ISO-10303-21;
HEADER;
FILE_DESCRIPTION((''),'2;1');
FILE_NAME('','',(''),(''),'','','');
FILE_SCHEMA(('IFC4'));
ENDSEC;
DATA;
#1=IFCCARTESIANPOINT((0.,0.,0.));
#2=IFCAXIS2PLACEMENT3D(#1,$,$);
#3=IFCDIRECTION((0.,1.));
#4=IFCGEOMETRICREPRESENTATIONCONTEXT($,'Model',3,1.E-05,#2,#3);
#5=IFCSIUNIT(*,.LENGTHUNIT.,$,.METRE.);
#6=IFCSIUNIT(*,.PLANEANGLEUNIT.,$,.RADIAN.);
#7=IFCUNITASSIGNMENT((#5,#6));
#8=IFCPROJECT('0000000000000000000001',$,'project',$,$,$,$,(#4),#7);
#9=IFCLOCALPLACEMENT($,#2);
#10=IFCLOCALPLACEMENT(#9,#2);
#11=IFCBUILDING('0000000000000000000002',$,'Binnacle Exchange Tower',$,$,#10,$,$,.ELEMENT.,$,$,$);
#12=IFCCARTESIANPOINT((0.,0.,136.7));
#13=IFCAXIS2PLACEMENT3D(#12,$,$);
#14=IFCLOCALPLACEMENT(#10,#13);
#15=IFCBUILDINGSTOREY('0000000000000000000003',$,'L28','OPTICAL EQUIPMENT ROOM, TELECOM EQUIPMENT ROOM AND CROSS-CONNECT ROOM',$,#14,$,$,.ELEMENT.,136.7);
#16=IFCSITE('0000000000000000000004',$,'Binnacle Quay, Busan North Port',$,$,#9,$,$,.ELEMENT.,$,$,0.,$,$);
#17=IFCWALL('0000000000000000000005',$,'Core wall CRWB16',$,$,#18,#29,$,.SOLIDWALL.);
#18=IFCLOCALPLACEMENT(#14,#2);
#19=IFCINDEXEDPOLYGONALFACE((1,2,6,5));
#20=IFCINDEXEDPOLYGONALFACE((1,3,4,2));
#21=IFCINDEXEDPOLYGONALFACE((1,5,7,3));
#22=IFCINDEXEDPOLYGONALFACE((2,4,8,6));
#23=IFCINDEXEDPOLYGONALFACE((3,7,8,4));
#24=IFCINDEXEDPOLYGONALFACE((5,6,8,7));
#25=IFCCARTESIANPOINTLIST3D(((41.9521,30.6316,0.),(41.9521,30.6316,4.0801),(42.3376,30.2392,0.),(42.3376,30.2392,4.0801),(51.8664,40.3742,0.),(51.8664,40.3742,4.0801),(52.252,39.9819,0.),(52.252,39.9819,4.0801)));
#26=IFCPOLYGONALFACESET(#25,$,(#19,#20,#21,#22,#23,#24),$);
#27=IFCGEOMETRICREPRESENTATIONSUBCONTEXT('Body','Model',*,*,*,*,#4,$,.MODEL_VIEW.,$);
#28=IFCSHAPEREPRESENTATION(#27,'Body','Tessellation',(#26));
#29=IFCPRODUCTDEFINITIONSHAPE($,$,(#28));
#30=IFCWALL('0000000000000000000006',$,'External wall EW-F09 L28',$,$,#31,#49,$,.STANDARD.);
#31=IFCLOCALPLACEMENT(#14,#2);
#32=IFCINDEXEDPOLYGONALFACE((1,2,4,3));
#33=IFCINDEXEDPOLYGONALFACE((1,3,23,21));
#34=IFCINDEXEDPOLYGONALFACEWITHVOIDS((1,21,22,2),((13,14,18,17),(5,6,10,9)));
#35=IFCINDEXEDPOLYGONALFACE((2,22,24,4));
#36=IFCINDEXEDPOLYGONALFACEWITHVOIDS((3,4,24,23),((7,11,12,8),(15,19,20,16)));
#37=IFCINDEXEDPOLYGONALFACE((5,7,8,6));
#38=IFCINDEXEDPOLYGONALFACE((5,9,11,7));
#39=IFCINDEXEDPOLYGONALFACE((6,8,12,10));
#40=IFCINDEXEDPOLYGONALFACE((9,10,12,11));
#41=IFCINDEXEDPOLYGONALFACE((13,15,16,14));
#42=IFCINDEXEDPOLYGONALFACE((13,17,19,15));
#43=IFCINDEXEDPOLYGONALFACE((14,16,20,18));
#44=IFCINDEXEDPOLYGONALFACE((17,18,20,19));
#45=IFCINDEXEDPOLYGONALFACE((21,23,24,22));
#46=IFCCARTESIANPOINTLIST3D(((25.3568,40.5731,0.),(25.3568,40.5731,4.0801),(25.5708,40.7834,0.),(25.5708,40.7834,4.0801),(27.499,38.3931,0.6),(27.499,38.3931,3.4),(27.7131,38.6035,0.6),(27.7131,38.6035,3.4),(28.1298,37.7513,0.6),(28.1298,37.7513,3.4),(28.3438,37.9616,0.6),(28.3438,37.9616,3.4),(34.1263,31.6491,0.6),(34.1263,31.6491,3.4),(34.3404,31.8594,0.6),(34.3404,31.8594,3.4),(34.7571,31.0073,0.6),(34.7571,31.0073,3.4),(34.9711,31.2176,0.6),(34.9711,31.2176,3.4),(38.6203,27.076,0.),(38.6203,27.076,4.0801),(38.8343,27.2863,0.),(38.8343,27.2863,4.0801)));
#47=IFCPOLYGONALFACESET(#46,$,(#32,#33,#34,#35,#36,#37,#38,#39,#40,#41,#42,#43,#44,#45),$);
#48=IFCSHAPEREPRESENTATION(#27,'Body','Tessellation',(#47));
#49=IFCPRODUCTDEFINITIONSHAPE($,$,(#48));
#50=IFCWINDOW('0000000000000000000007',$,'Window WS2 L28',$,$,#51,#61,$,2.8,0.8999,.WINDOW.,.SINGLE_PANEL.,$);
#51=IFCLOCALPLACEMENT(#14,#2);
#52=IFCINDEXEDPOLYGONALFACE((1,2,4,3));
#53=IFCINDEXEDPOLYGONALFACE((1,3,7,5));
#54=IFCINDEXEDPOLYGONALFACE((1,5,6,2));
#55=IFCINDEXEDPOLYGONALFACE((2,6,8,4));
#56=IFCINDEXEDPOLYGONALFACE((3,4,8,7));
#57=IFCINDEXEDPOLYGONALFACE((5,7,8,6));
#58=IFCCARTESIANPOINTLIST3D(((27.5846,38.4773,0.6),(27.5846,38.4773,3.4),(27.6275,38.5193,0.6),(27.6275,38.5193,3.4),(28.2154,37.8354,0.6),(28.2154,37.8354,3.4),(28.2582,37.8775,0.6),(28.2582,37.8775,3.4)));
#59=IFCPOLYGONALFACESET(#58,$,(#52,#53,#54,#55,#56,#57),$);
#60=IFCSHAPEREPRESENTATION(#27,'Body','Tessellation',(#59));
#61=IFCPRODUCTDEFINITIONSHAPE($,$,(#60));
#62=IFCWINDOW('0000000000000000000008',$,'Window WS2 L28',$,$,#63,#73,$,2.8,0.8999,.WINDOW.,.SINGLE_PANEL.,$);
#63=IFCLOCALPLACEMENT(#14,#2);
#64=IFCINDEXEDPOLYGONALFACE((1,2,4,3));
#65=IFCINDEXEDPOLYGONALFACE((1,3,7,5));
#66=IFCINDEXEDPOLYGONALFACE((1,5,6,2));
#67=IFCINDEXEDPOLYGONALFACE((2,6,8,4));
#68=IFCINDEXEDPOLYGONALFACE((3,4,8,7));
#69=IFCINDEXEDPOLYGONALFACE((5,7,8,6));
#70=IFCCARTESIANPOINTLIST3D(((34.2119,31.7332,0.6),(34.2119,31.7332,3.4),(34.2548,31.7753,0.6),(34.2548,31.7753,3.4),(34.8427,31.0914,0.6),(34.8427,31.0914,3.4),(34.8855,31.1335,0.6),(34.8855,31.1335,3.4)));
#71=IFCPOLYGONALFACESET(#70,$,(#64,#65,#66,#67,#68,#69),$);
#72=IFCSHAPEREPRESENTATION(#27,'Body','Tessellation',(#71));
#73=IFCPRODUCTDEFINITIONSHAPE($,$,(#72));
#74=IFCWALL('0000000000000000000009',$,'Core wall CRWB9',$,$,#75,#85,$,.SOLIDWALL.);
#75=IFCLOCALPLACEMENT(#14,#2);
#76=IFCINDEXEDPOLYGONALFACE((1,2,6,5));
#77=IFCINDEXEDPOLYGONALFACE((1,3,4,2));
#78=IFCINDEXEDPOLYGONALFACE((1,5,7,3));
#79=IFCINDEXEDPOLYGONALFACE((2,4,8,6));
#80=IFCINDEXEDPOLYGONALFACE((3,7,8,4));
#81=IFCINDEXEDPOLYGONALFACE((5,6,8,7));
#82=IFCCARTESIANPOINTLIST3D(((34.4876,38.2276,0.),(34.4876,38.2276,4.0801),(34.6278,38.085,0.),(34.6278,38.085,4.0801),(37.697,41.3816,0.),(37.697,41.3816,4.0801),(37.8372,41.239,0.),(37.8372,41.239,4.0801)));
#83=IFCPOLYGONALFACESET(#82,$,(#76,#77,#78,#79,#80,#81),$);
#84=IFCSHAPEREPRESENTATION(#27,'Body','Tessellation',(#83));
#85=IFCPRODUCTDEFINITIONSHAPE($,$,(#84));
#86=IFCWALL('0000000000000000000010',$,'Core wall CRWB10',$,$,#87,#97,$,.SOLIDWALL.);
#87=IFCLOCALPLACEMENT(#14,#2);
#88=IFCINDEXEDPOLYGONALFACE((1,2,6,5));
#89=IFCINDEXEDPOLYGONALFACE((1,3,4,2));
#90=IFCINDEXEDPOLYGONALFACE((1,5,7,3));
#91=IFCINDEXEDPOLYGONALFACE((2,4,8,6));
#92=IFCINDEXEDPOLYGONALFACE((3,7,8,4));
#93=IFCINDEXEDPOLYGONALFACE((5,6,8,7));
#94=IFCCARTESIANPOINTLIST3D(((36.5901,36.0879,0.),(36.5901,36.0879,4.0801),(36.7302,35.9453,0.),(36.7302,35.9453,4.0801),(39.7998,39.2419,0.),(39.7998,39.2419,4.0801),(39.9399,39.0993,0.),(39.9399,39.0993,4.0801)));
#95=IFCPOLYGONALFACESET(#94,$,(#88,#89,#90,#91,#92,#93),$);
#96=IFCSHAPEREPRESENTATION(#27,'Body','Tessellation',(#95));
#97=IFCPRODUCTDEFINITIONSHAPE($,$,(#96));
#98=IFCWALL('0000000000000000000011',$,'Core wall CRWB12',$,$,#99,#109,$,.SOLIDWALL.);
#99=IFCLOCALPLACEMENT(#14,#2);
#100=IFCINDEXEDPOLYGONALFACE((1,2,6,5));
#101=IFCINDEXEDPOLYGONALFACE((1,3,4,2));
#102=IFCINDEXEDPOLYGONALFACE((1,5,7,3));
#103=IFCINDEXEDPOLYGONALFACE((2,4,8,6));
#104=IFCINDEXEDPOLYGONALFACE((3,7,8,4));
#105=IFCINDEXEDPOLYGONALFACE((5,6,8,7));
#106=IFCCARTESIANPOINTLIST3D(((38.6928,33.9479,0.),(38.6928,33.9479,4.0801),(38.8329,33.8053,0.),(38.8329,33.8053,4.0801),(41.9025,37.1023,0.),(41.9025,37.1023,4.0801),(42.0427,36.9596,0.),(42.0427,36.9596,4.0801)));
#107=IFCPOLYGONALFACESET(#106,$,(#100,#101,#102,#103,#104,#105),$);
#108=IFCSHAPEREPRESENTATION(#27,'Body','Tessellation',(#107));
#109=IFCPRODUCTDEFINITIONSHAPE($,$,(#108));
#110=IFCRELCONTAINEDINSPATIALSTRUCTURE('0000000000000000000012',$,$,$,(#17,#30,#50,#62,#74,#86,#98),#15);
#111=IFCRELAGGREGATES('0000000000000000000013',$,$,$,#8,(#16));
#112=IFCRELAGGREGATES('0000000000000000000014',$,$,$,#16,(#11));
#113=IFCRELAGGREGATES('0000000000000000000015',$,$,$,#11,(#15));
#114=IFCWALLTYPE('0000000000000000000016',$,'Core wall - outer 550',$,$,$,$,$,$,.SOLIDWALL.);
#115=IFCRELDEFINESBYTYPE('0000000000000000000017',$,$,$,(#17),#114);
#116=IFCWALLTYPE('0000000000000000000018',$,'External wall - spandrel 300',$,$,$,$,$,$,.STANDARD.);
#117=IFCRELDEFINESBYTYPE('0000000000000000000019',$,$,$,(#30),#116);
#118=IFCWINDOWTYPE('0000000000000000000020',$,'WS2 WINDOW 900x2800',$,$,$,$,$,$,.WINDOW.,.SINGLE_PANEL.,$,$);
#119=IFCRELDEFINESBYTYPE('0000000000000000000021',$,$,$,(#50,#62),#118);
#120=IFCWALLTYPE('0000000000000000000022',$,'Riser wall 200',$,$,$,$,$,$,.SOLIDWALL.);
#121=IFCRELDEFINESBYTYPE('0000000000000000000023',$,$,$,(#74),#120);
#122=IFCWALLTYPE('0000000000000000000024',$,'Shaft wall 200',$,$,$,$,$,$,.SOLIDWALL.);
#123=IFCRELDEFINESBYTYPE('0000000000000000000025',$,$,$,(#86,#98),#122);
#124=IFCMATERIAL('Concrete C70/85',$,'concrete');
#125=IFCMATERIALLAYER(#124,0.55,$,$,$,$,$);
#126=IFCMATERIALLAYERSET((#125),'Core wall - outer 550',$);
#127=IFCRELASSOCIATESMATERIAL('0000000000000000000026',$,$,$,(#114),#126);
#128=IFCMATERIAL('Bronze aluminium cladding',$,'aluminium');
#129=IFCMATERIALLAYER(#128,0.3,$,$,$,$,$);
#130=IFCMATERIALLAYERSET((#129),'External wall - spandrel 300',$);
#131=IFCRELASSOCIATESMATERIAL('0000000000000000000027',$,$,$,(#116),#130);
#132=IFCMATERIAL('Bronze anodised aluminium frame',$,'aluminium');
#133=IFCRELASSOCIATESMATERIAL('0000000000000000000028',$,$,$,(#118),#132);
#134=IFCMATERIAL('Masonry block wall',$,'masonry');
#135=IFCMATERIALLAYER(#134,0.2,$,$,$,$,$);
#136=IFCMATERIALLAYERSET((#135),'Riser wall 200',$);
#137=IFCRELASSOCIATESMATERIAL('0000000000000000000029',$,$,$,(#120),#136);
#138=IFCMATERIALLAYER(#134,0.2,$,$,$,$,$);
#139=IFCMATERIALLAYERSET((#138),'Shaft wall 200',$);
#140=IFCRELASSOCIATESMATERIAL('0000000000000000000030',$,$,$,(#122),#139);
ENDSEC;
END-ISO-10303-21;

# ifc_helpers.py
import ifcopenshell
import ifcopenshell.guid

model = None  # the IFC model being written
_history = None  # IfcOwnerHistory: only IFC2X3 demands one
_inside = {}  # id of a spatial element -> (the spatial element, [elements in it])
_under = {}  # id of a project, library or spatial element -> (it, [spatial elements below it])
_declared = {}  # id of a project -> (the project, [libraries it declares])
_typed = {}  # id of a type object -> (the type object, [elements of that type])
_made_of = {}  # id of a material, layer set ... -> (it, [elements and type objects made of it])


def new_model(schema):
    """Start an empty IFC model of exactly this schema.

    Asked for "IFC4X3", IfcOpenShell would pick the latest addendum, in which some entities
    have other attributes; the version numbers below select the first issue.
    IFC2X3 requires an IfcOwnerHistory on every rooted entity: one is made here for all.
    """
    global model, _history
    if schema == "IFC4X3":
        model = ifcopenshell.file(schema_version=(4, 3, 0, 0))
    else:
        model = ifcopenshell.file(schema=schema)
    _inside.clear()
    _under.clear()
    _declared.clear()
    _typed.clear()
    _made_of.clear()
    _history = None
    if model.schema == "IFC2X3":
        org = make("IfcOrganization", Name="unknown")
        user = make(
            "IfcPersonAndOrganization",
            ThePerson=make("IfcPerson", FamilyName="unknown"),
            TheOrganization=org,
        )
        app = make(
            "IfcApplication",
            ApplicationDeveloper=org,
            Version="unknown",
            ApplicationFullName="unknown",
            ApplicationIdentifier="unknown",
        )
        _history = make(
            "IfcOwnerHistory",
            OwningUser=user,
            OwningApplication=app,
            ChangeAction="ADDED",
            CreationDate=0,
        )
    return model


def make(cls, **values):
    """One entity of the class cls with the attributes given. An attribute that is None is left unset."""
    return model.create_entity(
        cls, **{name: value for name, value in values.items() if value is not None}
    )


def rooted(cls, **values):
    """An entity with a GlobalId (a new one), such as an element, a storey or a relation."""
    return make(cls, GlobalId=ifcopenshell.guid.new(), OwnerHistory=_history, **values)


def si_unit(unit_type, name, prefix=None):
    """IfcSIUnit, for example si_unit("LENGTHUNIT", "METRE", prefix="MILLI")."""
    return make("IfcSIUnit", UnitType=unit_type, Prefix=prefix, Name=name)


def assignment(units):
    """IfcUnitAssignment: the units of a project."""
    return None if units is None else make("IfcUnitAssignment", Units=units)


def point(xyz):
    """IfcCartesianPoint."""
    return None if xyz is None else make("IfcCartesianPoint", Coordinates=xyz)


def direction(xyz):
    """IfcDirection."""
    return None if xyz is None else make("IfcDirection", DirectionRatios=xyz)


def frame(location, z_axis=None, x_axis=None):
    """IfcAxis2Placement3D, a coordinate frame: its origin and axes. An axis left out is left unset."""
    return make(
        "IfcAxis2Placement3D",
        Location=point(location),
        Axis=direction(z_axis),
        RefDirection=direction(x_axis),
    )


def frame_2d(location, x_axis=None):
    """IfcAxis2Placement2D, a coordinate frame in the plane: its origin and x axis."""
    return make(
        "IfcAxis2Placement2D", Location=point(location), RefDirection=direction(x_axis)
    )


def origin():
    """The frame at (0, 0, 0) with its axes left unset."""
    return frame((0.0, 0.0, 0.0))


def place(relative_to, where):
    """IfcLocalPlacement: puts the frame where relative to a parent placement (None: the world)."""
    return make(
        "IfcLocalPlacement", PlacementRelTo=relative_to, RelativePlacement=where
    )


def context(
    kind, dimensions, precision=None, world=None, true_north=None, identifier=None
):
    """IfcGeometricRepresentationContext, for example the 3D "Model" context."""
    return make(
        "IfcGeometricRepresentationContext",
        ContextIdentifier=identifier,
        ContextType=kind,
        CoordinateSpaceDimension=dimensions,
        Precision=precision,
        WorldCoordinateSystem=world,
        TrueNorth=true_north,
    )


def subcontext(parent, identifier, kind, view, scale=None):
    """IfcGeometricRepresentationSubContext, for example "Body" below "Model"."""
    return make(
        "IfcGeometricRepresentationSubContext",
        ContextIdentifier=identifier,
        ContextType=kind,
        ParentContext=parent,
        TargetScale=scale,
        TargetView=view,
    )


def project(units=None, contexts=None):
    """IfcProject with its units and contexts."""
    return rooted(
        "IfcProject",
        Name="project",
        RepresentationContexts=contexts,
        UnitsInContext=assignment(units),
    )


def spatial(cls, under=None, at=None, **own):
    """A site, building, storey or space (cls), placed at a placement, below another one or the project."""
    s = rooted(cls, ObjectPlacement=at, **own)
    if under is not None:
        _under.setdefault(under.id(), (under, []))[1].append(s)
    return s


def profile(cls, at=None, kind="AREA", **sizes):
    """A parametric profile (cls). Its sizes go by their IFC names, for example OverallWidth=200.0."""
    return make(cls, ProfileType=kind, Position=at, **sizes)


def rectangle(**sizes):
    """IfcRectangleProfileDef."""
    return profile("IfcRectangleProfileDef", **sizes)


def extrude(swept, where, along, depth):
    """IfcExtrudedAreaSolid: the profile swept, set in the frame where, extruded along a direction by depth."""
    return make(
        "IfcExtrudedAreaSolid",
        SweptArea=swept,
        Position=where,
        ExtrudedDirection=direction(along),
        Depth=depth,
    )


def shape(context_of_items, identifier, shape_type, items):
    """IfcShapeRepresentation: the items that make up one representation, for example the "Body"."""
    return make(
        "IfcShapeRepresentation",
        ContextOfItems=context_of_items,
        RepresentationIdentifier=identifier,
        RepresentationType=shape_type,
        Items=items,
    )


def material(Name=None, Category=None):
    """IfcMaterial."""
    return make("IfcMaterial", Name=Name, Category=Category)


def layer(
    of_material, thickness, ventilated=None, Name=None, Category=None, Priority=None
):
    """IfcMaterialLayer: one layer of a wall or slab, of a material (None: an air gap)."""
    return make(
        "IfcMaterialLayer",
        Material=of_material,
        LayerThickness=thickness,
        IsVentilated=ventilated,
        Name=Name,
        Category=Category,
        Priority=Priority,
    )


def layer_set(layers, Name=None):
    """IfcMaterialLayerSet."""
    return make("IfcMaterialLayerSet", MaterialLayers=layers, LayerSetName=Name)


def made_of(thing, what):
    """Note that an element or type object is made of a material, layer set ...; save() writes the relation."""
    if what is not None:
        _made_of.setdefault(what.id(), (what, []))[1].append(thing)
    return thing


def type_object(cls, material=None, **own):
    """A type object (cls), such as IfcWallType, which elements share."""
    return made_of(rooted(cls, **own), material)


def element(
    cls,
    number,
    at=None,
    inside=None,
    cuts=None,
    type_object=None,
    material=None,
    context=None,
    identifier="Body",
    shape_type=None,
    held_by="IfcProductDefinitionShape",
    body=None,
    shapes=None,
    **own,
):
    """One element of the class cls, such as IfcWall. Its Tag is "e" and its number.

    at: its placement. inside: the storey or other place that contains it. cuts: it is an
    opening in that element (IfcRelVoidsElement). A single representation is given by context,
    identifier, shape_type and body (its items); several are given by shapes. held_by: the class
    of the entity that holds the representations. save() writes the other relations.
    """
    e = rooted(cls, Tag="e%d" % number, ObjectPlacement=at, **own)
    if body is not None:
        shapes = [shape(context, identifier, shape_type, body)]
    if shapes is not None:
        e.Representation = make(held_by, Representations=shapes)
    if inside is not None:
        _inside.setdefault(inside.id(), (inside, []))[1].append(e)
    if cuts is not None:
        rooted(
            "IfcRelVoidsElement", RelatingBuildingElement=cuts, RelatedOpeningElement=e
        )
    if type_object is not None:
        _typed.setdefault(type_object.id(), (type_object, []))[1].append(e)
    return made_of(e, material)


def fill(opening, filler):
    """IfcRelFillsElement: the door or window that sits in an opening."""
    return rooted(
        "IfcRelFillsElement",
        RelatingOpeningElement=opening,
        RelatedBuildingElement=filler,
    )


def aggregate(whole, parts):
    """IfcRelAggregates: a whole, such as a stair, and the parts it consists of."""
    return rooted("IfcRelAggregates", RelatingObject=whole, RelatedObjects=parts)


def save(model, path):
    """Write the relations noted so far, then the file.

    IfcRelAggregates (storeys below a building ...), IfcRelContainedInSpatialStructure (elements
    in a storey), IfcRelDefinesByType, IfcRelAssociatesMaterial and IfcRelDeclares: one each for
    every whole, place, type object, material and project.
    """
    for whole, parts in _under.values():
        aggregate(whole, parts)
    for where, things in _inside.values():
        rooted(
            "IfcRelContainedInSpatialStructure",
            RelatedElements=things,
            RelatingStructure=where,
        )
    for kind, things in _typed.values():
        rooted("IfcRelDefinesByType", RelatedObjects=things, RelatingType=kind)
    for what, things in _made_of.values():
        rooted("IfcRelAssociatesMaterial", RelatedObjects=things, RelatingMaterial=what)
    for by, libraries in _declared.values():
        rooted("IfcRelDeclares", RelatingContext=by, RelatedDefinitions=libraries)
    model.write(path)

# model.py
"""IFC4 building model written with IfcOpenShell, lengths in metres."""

from ifc_helpers import new_model, si_unit, direction, frame, frame_2d, origin, place, context, subcontext, project, spatial, rectangle, extrude, material, layer, layer_set, type_object, element, fill, save


model = new_model("IFC4")

# Units and contexts
model_context = context("Model", 3, precision=1e-05, world=origin(), true_north=direction((0.0, 1.0)))
body_context = subcontext(model_context, "Body", "Model", "MODEL_VIEW")
ifc_project = project(units=[si_unit("LENGTHUNIT", "METRE"), si_unit("PLANEANGLEUNIT", "RADIAN")], contexts=[model_context])

# Site, building, storey
site_placement = place(None, origin())
site = spatial("IfcSite", under=ifc_project, at=site_placement, Name="Binnacle Quay, Busan North Port", CompositionType="ELEMENT", RefElevation=0.0)
building_placement = place(site_placement, origin())
building = spatial("IfcBuilding", under=site, at=building_placement, Name="Binnacle Exchange Tower", CompositionType="ELEMENT")
storey_placement = place(building_placement, frame((0.0, 0.0, 136.7)))
storey = spatial("IfcBuildingStorey", under=building, at=storey_placement, Name="L28", Description="OPTICAL EQUIPMENT ROOM, TELECOM EQUIPMENT ROOM AND CROSS-CONNECT ROOM", CompositionType="ELEMENT", Elevation=136.7)

# Shared definitions
ifc_material_1 = material(Name="Concrete C70/85", Category="concrete")

# Shared definitions
ifc_layer_1 = layer(ifc_material_1, 0.55)
ifc_layer_set_1 = layer_set([ifc_layer_1], Name="Core wall - outer 550")
wall_type_1 = type_object("IfcWallType", Name="Core wall - outer 550", PredefinedType="SOLIDWALL", material=ifc_layer_set_1)

# Wall
for number, where, z_axis, x_axis, name in (
    (1, (42.1448, 30.4353, 0.0), (0.0, 0.0, 1.0), (0.713254, 0.700906, 0.0), "Core wall CRWB16"),
):
    element("IfcWall", number, at=place(storey_placement, frame(where, z_axis=z_axis, x_axis=x_axis)), inside=storey, type_object=wall_type_1, Name=name, PredefinedType="SOLIDWALL", context=body_context, shape_type="SweptSolid", body=[
        extrude(rectangle(XDim=13.9001, YDim=0.55, at=frame_2d((6.9502, 0.0))), origin(), (0.0, 0.0, 1.0), 4.0801),
    ])

# Wall, openings, windows
ifc_material_2 = material(Name="Bronze aluminium cladding", Category="aluminium")
ifc_layer_2 = layer(ifc_material_2, 0.3)
ifc_layer_set_2 = layer_set([ifc_layer_2], Name="External wall - spandrel 300")
wall_type_2 = type_object("IfcWallType", Name="External wall - spandrel 300", PredefinedType="STANDARD", material=ifc_layer_set_2)
wall_1_placement = place(storey_placement, frame((38.7273, 27.1812, 0.0), z_axis=(0.0, 0.0, 1.0), x_axis=(-0.700906, 0.713253, 0.0)))
wall_1 = element("IfcWall", 2, at=wall_1_placement, inside=storey, type_object=wall_type_2, Name="External wall EW-F09 L28", PredefinedType="STANDARD", context=body_context, shape_type="SweptSolid", body=[
    extrude(rectangle(XDim=18.9233, YDim=0.3, at=frame_2d((9.4617, 0.0))), origin(), (0.0, 0.0, 1.0), 4.0801),
])
opening_1_placement = place(wall_1_placement, frame((14.967, 0.0, 0.6001)))
opening_1 = element("IfcOpeningElement", 3, at=opening_1_placement, cuts=wall_1, PredefinedType="OPENING", context=body_context, shape_type="SweptSolid", body=[
    extrude(rectangle(XDim=0.8999, YDim=2.8, at=frame_2d((0.45, 1.3999))), frame((0.0, 0.1599, 0.0), z_axis=(0.0, -1.0, 0.0), x_axis=(1.0, 0.0, 0.0)), (0.0, 0.0, 1.0), 0.3201),
])
opening_2_placement = place(wall_1_placement, frame((5.5117, 0.0, 0.6001)))
opening_2 = element("IfcOpeningElement", 4, at=opening_2_placement, cuts=wall_1, PredefinedType="OPENING", context=body_context, shape_type="SweptSolid", body=[
    extrude(rectangle(XDim=0.8999, YDim=2.8, at=frame_2d((0.45, 1.3999))), frame((0.0, 0.1599, 0.0), z_axis=(0.0, -1.0, 0.0), x_axis=(1.0, 0.0, 0.0)), (0.0, 0.0, 1.0), 0.3201),
])
ifc_material_3 = material(Name="Bronze anodised aluminium frame", Category="aluminium")
window_type = type_object("IfcWindowType", Name="WS2 WINDOW 900x2800", PartitioningType="SINGLE_PANEL", PredefinedType="WINDOW", material=ifc_material_3)
window_1_placement = place(opening_1_placement, origin())
window_1 = element("IfcWindow", 5, at=window_1_placement, inside=storey, type_object=window_type, Name="Window WS2 L28", OverallHeight=2.8, OverallWidth=0.8999, PartitioningType="SINGLE_PANEL", PredefinedType="WINDOW", context=body_context, shape_type="SweptSolid", body=[
    extrude(rectangle(XDim=0.8999, YDim=2.8, at=frame_2d((0.45, 1.3999))), frame((0.0, 0.03, 0.0), z_axis=(0.0, -1.0, 0.0), x_axis=(1.0, 0.0, 0.0)), (0.0, 0.0, 1.0), 0.0601),
])
fill(opening_1, window_1)
window_2_placement = place(opening_2_placement, origin())
window_2 = element("IfcWindow", 6, at=window_2_placement, inside=storey, type_object=window_type, Name="Window WS2 L28", OverallHeight=2.8, OverallWidth=0.8999, PartitioningType="SINGLE_PANEL", PredefinedType="WINDOW", context=body_context, shape_type="SweptSolid", body=[
    extrude(rectangle(XDim=0.8999, YDim=2.8, at=frame_2d((0.45, 1.3999))), frame((0.0, 0.03, 0.0), z_axis=(0.0, -1.0, 0.0), x_axis=(1.0, 0.0, 0.0)), (0.0, 0.0, 1.0), 0.0601),
])
fill(opening_2, window_2)

# Walls
ifc_material_4 = material(Name="Masonry block wall", Category="masonry")
ifc_layer_3 = layer(ifc_material_4, 0.2)
ifc_layer_set_3 = layer_set([ifc_layer_3], Name="Riser wall 200")
wall_type_3 = type_object("IfcWallType", Name="Riser wall 200", PredefinedType="SOLIDWALL", material=ifc_layer_set_3)
wall_2_placement = place(storey_placement, frame((34.5576, 38.1562, 0.0), z_axis=(0.0, 0.0, 1.0), x_axis=(0.713238, 0.700922, 0.0)))
element("IfcWall", 7, at=wall_2_placement, inside=storey, type_object=wall_type_3, Name="Core wall CRWB9", PredefinedType="SOLIDWALL", context=body_context, shape_type="SweptSolid", body=[
    extrude(rectangle(XDim=4.4998, YDim=0.2, at=frame_2d((2.25, 0.0))), origin(), (0.0, 0.0, 1.0), 4.0801),
])
ifc_layer_4 = layer(ifc_material_4, 0.2)
ifc_layer_set_4 = layer_set([ifc_layer_4], Name="Shaft wall 200")
wall_type_4 = type_object("IfcWallType", Name="Shaft wall 200", PredefinedType="SOLIDWALL", material=ifc_layer_set_4)
wall_3_placement = place(storey_placement, frame((36.6602, 36.0166, 0.0), z_axis=(0.0, 0.0, 1.0), x_axis=(0.713265, 0.700895, 0.0)))
element("IfcWall", 8, at=wall_3_placement, inside=storey, type_object=wall_type_4, Name="Core wall CRWB10", PredefinedType="SOLIDWALL", context=body_context, shape_type="SweptSolid", body=[
    extrude(rectangle(XDim=4.5, YDim=0.2, at=frame_2d((2.25, 0.0))), origin(), (0.0, 0.0, 1.0), 4.0801),
])
wall_4_placement = place(storey_placement, frame((38.7629, 33.8767, 0.0), z_axis=(0.0, 0.0, 1.0), x_axis=(0.713237, 0.700922, 0.0)))
element("IfcWall", 9, at=wall_4_placement, inside=storey, type_object=wall_type_4, Name="Core wall CRWB12", PredefinedType="SOLIDWALL", context=body_context, shape_type="SweptSolid", body=[
    extrude(rectangle(XDim=4.5002, YDim=0.2, at=frame_2d((2.25, 0.0))), origin(), (0.0, 0.0, 1.0), 4.0801),
])

save(model, "model.ifc")
